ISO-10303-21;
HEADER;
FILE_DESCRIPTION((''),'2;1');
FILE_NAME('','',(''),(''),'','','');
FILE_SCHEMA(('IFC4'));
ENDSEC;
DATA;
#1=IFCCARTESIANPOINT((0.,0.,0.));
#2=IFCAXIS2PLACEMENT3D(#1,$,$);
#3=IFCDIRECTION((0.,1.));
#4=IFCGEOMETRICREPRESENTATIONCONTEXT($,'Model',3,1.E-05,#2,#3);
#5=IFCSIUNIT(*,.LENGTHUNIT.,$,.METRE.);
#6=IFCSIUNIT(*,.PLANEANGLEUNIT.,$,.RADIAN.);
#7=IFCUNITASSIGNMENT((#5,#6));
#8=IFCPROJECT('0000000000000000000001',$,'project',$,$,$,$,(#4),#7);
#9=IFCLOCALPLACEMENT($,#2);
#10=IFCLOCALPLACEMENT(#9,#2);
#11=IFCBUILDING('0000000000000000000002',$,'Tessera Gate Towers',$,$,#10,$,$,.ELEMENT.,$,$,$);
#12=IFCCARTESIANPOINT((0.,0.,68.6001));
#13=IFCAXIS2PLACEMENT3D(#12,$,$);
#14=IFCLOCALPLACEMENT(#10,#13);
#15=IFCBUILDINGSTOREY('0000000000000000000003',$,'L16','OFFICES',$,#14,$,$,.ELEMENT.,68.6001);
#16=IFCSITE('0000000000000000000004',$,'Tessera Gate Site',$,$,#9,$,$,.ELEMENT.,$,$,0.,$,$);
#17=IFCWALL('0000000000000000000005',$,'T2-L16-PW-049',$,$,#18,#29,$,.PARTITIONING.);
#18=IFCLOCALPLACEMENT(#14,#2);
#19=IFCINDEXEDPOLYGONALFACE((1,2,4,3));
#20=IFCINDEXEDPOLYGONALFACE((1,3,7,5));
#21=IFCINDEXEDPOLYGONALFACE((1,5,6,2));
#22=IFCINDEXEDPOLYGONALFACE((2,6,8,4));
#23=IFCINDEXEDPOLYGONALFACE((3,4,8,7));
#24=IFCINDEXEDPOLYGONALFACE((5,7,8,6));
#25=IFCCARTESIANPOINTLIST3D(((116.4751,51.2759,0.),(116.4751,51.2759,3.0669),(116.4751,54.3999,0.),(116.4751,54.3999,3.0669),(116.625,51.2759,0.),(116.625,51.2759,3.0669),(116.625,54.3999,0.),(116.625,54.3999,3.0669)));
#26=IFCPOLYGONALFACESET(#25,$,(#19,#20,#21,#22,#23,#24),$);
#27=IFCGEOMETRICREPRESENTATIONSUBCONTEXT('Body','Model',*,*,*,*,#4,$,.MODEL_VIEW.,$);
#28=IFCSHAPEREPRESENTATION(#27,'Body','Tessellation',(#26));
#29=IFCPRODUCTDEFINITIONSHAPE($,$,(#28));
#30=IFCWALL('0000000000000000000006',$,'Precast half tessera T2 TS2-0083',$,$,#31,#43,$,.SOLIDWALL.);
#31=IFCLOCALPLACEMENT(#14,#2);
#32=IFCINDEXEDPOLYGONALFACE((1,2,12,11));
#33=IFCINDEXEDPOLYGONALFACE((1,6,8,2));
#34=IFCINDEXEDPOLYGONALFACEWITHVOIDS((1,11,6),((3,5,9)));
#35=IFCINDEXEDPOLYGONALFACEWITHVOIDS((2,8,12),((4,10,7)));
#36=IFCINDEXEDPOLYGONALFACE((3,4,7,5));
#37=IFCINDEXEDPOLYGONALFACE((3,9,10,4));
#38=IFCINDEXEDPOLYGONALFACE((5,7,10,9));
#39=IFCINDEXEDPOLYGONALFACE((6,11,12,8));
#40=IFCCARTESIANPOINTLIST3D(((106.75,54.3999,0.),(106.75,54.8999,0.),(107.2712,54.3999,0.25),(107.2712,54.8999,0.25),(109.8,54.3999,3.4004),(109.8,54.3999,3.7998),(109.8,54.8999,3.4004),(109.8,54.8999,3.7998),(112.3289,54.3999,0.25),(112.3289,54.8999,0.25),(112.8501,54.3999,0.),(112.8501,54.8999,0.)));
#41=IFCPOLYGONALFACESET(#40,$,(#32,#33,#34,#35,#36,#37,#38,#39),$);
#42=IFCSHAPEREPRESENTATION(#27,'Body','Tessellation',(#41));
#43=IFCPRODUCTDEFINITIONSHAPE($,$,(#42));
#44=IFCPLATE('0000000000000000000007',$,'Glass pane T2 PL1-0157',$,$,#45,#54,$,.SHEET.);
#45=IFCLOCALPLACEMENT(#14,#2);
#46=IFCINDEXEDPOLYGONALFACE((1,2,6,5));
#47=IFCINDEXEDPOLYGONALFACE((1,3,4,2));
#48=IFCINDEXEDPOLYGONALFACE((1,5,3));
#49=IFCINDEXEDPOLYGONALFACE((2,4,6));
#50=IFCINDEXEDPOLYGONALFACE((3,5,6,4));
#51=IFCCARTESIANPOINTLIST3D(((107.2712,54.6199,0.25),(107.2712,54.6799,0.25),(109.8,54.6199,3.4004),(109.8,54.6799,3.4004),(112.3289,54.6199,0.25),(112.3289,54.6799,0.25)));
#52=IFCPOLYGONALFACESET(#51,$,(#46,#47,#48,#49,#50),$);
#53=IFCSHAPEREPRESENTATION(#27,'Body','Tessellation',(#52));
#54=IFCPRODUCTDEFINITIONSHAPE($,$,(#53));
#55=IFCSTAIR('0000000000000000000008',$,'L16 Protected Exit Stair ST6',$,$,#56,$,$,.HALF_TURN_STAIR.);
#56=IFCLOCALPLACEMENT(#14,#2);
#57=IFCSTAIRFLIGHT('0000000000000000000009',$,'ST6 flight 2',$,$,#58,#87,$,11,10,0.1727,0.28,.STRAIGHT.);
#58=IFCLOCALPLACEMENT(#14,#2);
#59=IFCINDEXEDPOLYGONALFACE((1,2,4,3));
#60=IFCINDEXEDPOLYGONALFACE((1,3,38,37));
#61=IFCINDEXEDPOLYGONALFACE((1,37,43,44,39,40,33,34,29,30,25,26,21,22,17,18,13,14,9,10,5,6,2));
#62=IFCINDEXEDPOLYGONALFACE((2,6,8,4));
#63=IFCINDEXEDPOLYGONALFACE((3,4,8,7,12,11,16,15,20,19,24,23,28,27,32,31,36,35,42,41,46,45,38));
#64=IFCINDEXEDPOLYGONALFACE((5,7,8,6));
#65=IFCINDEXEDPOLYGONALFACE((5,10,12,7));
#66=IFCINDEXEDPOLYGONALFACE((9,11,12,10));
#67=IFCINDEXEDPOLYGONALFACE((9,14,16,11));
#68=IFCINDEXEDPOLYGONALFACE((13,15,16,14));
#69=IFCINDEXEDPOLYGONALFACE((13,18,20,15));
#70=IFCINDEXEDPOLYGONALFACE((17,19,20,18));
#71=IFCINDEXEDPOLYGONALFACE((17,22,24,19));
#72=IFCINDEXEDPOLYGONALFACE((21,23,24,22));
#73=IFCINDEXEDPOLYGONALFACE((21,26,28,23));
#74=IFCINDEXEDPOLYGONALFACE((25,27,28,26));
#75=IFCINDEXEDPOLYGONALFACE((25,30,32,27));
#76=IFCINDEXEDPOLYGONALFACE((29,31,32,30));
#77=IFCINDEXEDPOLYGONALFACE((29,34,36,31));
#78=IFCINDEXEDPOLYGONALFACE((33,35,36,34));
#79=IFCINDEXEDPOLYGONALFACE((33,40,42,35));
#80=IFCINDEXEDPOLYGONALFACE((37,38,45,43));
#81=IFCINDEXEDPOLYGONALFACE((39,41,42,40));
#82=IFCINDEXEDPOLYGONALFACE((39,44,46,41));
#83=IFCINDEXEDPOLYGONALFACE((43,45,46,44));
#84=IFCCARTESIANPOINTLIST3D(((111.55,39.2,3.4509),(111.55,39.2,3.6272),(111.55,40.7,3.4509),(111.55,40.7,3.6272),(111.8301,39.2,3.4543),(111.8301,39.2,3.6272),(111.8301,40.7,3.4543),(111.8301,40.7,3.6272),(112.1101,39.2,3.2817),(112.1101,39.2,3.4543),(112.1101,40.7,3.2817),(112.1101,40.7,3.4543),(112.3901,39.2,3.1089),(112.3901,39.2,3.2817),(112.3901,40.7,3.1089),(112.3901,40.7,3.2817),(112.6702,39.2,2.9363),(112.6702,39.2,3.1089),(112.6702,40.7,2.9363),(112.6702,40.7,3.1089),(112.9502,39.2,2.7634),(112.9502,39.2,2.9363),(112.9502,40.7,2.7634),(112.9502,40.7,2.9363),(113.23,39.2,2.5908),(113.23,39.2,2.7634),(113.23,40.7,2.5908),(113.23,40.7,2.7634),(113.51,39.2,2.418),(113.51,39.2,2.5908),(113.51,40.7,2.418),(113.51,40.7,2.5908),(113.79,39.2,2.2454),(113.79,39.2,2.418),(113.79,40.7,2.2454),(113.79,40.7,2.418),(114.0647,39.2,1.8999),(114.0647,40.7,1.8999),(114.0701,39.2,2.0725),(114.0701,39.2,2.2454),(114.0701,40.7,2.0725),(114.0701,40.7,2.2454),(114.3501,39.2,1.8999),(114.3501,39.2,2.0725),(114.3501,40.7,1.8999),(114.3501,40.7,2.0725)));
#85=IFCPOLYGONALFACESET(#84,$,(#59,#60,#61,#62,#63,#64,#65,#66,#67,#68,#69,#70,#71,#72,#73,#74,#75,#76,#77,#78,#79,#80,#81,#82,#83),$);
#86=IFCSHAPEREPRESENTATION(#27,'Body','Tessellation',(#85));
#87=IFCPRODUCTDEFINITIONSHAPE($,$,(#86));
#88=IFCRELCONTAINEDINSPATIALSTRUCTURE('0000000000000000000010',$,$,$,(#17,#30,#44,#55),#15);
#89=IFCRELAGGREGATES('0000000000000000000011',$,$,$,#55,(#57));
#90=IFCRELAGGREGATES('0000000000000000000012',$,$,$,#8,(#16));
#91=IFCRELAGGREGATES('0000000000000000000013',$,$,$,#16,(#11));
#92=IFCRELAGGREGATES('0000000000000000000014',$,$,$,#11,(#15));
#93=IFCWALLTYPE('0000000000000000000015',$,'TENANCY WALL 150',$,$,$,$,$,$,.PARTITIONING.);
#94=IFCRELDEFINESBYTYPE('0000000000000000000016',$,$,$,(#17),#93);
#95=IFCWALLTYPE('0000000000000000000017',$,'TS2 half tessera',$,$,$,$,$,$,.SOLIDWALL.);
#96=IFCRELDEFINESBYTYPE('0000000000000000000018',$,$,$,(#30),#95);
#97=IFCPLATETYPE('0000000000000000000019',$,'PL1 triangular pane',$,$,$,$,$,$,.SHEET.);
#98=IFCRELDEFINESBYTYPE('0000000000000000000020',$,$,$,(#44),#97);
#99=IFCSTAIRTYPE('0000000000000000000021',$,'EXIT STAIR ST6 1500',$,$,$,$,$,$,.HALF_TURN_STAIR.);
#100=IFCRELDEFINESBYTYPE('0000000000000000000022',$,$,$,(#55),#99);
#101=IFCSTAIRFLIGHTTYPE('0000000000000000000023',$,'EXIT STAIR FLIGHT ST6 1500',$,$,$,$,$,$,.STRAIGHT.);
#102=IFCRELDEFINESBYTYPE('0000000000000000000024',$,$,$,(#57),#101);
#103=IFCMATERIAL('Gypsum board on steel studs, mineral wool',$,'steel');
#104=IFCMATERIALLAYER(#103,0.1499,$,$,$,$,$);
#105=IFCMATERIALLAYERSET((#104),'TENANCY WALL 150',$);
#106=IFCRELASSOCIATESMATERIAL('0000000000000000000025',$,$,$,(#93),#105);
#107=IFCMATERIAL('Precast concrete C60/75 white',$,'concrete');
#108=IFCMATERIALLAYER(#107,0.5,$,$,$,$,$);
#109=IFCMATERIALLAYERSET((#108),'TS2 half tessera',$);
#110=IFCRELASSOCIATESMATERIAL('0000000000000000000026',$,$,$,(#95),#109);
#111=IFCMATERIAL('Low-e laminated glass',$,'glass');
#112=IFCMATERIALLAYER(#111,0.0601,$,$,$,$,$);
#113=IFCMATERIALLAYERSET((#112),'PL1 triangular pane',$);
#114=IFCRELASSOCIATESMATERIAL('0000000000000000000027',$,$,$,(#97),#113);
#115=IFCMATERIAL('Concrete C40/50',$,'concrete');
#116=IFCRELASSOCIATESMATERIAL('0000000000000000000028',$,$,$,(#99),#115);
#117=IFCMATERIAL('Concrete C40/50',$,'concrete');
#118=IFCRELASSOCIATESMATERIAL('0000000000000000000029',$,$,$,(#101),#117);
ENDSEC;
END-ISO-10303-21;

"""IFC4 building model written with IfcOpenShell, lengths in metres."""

from ifc_helpers import new_model, si_unit, direction, frame, frame_2d, origin, place, context, subcontext, project, spatial, polyline, rectangle, outline, extrude, source, transform, mapped, material, layer, layer_set, type_object, element, fill, aggregate, save


model = new_model("IFC4")

# Units and contexts
model_context = context("Model", 3, precision=1e-05, world=origin(), true_north=direction((0.0, 1.0)))
body_context = subcontext(model_context, "Body", "Model", "MODEL_VIEW")
ifc_project = project(units=[si_unit("LENGTHUNIT", "METRE"), si_unit("PLANEANGLEUNIT", "RADIAN")], contexts=[model_context])

# Site, building, storey
site_placement = place(None, origin())
site = spatial("IfcSite", under=ifc_project, at=site_placement, Name="Tessera Gate Site", CompositionType="ELEMENT", RefElevation=0.0)
building_placement = place(site_placement, origin())
building = spatial("IfcBuilding", under=site, at=building_placement, Name="Tessera Gate Towers", CompositionType="ELEMENT")
storey_placement = place(building_placement, frame((0.0, 0.0, 68.6001)))
storey = spatial("IfcBuildingStorey", under=building, at=storey_placement, Name="L16", Description="OFFICES", CompositionType="ELEMENT", Elevation=68.6001)

# Wall
ifc_material_1 = material(Name="Gypsum board on steel studs, mineral wool", Category="steel")
ifc_layer_1 = layer(ifc_material_1, 0.1499)
ifc_layer_set_1 = layer_set([ifc_layer_1], Name="TENANCY WALL 150")
wall_type_1 = type_object("IfcWallType", Name="TENANCY WALL 150", PredefinedType="PARTITIONING", material=ifc_layer_set_1)
wall_1_placement = place(storey_placement, frame((116.55, 51.2759, 0.0), z_axis=(0.0, 0.0, 1.0), x_axis=(0.0, 1.0, 0.0)))
element("IfcWall", 1, at=wall_1_placement, inside=storey, type_object=wall_type_1, Name="T2-L16-PW-049", PredefinedType="PARTITIONING", context=body_context, shape_type="SweptSolid", body=[
    extrude(rectangle(XDim=3.124, YDim=0.1499, at=frame_2d((1.562, 0.0))), origin(), (0.0, 0.0, 1.0), 3.0669),
])

# Wall, opening, plate
ifc_material_2 = material(Name="Precast concrete C60/75 white", Category="concrete")
ifc_layer_2 = layer(ifc_material_2, 0.5)
ifc_layer_set_2 = layer_set([ifc_layer_2], Name="TS2 half tessera")
wall_type_2 = type_object("IfcWallType", Name="TS2 half tessera", PredefinedType="SOLIDWALL", material=ifc_layer_set_2)
shared_shape_1 = source(origin(), body_context, "Body", "SweptSolid", [
    extrude(outline(polyline([(6.1001, 0.0), (3.05, 3.7998), (0.0, 0.0), (6.1001, 0.0)])), frame((0.0, 0.25, 0.0), z_axis=(0.0, -1.0, 0.0), x_axis=(1.0, 0.0, 0.0)), (0.0, 0.0, 1.0), 0.5),
])
wall_2_placement = place(storey_placement, frame((112.8501, 54.6499, 0.0), z_axis=(0.0, 0.0, 1.0), x_axis=(-1.0, 0.0, 0.0)))
wall_2 = element("IfcWall", 2, at=wall_2_placement, inside=storey, type_object=wall_type_2, Name="Precast half tessera T2 TS2-0083", PredefinedType="SOLIDWALL", context=body_context, shape_type="MappedRepresentation", body=[
    mapped(shared_shape_1, transform((0.0, 0.0, 0.0), scale=1.0)),
])
shared_shape_2 = source(origin(), body_context, "Body", "SweptSolid", [
    extrude(outline(polyline([(5.5789, 0.25), (3.05, 3.4004), (0.5212, 0.25), (5.5789, 0.25)])), frame((0.0, 0.26, 0.0), z_axis=(0.0, -1.0, 0.0), x_axis=(1.0, 0.0, 0.0)), (0.0, 0.0, 1.0), 0.52),
])
opening_1_placement = place(wall_2_placement, origin())
opening_1 = element("IfcOpeningElement", 3, at=opening_1_placement, cuts=wall_2, PredefinedType="OPENING", context=body_context, shape_type="MappedRepresentation", body=[
    mapped(shared_shape_2, transform((0.0, 0.0, 0.0), scale=1.0)),
])
ifc_material_3 = material(Name="Low-e laminated glass", Category="glass")
ifc_layer_3 = layer(ifc_material_3, 0.0601)
ifc_layer_set_3 = layer_set([ifc_layer_3], Name="PL1 triangular pane")
plate_type = type_object("IfcPlateType", Name="PL1 triangular pane", PredefinedType="SHEET", material=ifc_layer_set_3)
shared_shape_3 = source(origin(), body_context, "Body", "SweptSolid", [
    extrude(outline(polyline([(5.5789, 0.25), (3.05, 3.4004), (0.5212, 0.25), (5.5789, 0.25)])), frame((0.0, 0.03, 0.0), z_axis=(0.0, -1.0, 0.0), x_axis=(1.0, 0.0, 0.0)), (0.0, 0.0, 1.0), 0.0601),
])
plate_placement = place(opening_1_placement, origin())
plate = element("IfcPlate", 4, at=plate_placement, inside=storey, type_object=plate_type, Name="Glass pane T2 PL1-0157", PredefinedType="SHEET", context=body_context, shape_type="MappedRepresentation", body=[
    mapped(shared_shape_3, transform((0.0, 0.0, 0.0), scale=1.0)),
])
fill(opening_1, plate)

# Stair, stair flight
ifc_material_4 = material(Name="Concrete C40/50", Category="concrete")
stair_type = type_object("IfcStairType", Name="EXIT STAIR ST6 1500", PredefinedType="HALF_TURN_STAIR", material=ifc_material_4)
stair_placement = place(storey_placement, origin())
stair = element("IfcStair", 5, at=stair_placement, inside=storey, type_object=stair_type, Name="L16 Protected Exit Stair ST6", PredefinedType="HALF_TURN_STAIR")
ifc_material_5 = material(Name="Concrete C40/50", Category="concrete")
stair_flight_type = type_object("IfcStairFlightType", Name="EXIT STAIR FLIGHT ST6 1500", PredefinedType="STRAIGHT", material=ifc_material_5)
stair_flight_placement = place(storey_placement, frame((114.3501, 39.95, 1.8999), z_axis=(0.0, 0.0, 1.0), x_axis=(-1.0, 0.0, 0.0)))
stair_flight = element("IfcStairFlight", 6, at=stair_flight_placement, type_object=stair_flight_type, Name="ST6 flight 2", NumberOfRisers=11, NumberOfTreads=10, PredefinedType="STRAIGHT", RiserHeight=0.1727, TreadLength=0.28, context=body_context, shape_type="SweptSolid", body=[
    extrude(outline(polyline([(0.0, 0.0), (0.0, 0.1726), (0.28, 0.1726), (0.28, 0.3455), (0.5601, 0.3455), (0.5601, 0.5181), (0.8401, 0.5181), (0.8401, 0.6909), (1.1201, 0.6909), (1.1201, 0.8635), (1.3999, 0.8635), (1.3999, 1.0364), (1.6799, 1.0364), (1.6799, 1.209), (1.96, 1.209), (1.96, 1.3818), (2.24, 1.3818), (2.24, 1.5544), (2.52, 1.5544), (2.52, 1.7273), (2.8, 1.7273), (2.8, 1.8999), (2.8, 1.551), (0.2854, 0.0), (0.0, 0.0)])), frame((0.0, 0.75, 0.0), z_axis=(0.0, -1.0, 0.0), x_axis=(1.0, 0.0, 0.0)), (0.0, 0.0, 1.0), 1.5),
])
aggregate(stair, [stair_flight])

save(model, "model.ifc")
